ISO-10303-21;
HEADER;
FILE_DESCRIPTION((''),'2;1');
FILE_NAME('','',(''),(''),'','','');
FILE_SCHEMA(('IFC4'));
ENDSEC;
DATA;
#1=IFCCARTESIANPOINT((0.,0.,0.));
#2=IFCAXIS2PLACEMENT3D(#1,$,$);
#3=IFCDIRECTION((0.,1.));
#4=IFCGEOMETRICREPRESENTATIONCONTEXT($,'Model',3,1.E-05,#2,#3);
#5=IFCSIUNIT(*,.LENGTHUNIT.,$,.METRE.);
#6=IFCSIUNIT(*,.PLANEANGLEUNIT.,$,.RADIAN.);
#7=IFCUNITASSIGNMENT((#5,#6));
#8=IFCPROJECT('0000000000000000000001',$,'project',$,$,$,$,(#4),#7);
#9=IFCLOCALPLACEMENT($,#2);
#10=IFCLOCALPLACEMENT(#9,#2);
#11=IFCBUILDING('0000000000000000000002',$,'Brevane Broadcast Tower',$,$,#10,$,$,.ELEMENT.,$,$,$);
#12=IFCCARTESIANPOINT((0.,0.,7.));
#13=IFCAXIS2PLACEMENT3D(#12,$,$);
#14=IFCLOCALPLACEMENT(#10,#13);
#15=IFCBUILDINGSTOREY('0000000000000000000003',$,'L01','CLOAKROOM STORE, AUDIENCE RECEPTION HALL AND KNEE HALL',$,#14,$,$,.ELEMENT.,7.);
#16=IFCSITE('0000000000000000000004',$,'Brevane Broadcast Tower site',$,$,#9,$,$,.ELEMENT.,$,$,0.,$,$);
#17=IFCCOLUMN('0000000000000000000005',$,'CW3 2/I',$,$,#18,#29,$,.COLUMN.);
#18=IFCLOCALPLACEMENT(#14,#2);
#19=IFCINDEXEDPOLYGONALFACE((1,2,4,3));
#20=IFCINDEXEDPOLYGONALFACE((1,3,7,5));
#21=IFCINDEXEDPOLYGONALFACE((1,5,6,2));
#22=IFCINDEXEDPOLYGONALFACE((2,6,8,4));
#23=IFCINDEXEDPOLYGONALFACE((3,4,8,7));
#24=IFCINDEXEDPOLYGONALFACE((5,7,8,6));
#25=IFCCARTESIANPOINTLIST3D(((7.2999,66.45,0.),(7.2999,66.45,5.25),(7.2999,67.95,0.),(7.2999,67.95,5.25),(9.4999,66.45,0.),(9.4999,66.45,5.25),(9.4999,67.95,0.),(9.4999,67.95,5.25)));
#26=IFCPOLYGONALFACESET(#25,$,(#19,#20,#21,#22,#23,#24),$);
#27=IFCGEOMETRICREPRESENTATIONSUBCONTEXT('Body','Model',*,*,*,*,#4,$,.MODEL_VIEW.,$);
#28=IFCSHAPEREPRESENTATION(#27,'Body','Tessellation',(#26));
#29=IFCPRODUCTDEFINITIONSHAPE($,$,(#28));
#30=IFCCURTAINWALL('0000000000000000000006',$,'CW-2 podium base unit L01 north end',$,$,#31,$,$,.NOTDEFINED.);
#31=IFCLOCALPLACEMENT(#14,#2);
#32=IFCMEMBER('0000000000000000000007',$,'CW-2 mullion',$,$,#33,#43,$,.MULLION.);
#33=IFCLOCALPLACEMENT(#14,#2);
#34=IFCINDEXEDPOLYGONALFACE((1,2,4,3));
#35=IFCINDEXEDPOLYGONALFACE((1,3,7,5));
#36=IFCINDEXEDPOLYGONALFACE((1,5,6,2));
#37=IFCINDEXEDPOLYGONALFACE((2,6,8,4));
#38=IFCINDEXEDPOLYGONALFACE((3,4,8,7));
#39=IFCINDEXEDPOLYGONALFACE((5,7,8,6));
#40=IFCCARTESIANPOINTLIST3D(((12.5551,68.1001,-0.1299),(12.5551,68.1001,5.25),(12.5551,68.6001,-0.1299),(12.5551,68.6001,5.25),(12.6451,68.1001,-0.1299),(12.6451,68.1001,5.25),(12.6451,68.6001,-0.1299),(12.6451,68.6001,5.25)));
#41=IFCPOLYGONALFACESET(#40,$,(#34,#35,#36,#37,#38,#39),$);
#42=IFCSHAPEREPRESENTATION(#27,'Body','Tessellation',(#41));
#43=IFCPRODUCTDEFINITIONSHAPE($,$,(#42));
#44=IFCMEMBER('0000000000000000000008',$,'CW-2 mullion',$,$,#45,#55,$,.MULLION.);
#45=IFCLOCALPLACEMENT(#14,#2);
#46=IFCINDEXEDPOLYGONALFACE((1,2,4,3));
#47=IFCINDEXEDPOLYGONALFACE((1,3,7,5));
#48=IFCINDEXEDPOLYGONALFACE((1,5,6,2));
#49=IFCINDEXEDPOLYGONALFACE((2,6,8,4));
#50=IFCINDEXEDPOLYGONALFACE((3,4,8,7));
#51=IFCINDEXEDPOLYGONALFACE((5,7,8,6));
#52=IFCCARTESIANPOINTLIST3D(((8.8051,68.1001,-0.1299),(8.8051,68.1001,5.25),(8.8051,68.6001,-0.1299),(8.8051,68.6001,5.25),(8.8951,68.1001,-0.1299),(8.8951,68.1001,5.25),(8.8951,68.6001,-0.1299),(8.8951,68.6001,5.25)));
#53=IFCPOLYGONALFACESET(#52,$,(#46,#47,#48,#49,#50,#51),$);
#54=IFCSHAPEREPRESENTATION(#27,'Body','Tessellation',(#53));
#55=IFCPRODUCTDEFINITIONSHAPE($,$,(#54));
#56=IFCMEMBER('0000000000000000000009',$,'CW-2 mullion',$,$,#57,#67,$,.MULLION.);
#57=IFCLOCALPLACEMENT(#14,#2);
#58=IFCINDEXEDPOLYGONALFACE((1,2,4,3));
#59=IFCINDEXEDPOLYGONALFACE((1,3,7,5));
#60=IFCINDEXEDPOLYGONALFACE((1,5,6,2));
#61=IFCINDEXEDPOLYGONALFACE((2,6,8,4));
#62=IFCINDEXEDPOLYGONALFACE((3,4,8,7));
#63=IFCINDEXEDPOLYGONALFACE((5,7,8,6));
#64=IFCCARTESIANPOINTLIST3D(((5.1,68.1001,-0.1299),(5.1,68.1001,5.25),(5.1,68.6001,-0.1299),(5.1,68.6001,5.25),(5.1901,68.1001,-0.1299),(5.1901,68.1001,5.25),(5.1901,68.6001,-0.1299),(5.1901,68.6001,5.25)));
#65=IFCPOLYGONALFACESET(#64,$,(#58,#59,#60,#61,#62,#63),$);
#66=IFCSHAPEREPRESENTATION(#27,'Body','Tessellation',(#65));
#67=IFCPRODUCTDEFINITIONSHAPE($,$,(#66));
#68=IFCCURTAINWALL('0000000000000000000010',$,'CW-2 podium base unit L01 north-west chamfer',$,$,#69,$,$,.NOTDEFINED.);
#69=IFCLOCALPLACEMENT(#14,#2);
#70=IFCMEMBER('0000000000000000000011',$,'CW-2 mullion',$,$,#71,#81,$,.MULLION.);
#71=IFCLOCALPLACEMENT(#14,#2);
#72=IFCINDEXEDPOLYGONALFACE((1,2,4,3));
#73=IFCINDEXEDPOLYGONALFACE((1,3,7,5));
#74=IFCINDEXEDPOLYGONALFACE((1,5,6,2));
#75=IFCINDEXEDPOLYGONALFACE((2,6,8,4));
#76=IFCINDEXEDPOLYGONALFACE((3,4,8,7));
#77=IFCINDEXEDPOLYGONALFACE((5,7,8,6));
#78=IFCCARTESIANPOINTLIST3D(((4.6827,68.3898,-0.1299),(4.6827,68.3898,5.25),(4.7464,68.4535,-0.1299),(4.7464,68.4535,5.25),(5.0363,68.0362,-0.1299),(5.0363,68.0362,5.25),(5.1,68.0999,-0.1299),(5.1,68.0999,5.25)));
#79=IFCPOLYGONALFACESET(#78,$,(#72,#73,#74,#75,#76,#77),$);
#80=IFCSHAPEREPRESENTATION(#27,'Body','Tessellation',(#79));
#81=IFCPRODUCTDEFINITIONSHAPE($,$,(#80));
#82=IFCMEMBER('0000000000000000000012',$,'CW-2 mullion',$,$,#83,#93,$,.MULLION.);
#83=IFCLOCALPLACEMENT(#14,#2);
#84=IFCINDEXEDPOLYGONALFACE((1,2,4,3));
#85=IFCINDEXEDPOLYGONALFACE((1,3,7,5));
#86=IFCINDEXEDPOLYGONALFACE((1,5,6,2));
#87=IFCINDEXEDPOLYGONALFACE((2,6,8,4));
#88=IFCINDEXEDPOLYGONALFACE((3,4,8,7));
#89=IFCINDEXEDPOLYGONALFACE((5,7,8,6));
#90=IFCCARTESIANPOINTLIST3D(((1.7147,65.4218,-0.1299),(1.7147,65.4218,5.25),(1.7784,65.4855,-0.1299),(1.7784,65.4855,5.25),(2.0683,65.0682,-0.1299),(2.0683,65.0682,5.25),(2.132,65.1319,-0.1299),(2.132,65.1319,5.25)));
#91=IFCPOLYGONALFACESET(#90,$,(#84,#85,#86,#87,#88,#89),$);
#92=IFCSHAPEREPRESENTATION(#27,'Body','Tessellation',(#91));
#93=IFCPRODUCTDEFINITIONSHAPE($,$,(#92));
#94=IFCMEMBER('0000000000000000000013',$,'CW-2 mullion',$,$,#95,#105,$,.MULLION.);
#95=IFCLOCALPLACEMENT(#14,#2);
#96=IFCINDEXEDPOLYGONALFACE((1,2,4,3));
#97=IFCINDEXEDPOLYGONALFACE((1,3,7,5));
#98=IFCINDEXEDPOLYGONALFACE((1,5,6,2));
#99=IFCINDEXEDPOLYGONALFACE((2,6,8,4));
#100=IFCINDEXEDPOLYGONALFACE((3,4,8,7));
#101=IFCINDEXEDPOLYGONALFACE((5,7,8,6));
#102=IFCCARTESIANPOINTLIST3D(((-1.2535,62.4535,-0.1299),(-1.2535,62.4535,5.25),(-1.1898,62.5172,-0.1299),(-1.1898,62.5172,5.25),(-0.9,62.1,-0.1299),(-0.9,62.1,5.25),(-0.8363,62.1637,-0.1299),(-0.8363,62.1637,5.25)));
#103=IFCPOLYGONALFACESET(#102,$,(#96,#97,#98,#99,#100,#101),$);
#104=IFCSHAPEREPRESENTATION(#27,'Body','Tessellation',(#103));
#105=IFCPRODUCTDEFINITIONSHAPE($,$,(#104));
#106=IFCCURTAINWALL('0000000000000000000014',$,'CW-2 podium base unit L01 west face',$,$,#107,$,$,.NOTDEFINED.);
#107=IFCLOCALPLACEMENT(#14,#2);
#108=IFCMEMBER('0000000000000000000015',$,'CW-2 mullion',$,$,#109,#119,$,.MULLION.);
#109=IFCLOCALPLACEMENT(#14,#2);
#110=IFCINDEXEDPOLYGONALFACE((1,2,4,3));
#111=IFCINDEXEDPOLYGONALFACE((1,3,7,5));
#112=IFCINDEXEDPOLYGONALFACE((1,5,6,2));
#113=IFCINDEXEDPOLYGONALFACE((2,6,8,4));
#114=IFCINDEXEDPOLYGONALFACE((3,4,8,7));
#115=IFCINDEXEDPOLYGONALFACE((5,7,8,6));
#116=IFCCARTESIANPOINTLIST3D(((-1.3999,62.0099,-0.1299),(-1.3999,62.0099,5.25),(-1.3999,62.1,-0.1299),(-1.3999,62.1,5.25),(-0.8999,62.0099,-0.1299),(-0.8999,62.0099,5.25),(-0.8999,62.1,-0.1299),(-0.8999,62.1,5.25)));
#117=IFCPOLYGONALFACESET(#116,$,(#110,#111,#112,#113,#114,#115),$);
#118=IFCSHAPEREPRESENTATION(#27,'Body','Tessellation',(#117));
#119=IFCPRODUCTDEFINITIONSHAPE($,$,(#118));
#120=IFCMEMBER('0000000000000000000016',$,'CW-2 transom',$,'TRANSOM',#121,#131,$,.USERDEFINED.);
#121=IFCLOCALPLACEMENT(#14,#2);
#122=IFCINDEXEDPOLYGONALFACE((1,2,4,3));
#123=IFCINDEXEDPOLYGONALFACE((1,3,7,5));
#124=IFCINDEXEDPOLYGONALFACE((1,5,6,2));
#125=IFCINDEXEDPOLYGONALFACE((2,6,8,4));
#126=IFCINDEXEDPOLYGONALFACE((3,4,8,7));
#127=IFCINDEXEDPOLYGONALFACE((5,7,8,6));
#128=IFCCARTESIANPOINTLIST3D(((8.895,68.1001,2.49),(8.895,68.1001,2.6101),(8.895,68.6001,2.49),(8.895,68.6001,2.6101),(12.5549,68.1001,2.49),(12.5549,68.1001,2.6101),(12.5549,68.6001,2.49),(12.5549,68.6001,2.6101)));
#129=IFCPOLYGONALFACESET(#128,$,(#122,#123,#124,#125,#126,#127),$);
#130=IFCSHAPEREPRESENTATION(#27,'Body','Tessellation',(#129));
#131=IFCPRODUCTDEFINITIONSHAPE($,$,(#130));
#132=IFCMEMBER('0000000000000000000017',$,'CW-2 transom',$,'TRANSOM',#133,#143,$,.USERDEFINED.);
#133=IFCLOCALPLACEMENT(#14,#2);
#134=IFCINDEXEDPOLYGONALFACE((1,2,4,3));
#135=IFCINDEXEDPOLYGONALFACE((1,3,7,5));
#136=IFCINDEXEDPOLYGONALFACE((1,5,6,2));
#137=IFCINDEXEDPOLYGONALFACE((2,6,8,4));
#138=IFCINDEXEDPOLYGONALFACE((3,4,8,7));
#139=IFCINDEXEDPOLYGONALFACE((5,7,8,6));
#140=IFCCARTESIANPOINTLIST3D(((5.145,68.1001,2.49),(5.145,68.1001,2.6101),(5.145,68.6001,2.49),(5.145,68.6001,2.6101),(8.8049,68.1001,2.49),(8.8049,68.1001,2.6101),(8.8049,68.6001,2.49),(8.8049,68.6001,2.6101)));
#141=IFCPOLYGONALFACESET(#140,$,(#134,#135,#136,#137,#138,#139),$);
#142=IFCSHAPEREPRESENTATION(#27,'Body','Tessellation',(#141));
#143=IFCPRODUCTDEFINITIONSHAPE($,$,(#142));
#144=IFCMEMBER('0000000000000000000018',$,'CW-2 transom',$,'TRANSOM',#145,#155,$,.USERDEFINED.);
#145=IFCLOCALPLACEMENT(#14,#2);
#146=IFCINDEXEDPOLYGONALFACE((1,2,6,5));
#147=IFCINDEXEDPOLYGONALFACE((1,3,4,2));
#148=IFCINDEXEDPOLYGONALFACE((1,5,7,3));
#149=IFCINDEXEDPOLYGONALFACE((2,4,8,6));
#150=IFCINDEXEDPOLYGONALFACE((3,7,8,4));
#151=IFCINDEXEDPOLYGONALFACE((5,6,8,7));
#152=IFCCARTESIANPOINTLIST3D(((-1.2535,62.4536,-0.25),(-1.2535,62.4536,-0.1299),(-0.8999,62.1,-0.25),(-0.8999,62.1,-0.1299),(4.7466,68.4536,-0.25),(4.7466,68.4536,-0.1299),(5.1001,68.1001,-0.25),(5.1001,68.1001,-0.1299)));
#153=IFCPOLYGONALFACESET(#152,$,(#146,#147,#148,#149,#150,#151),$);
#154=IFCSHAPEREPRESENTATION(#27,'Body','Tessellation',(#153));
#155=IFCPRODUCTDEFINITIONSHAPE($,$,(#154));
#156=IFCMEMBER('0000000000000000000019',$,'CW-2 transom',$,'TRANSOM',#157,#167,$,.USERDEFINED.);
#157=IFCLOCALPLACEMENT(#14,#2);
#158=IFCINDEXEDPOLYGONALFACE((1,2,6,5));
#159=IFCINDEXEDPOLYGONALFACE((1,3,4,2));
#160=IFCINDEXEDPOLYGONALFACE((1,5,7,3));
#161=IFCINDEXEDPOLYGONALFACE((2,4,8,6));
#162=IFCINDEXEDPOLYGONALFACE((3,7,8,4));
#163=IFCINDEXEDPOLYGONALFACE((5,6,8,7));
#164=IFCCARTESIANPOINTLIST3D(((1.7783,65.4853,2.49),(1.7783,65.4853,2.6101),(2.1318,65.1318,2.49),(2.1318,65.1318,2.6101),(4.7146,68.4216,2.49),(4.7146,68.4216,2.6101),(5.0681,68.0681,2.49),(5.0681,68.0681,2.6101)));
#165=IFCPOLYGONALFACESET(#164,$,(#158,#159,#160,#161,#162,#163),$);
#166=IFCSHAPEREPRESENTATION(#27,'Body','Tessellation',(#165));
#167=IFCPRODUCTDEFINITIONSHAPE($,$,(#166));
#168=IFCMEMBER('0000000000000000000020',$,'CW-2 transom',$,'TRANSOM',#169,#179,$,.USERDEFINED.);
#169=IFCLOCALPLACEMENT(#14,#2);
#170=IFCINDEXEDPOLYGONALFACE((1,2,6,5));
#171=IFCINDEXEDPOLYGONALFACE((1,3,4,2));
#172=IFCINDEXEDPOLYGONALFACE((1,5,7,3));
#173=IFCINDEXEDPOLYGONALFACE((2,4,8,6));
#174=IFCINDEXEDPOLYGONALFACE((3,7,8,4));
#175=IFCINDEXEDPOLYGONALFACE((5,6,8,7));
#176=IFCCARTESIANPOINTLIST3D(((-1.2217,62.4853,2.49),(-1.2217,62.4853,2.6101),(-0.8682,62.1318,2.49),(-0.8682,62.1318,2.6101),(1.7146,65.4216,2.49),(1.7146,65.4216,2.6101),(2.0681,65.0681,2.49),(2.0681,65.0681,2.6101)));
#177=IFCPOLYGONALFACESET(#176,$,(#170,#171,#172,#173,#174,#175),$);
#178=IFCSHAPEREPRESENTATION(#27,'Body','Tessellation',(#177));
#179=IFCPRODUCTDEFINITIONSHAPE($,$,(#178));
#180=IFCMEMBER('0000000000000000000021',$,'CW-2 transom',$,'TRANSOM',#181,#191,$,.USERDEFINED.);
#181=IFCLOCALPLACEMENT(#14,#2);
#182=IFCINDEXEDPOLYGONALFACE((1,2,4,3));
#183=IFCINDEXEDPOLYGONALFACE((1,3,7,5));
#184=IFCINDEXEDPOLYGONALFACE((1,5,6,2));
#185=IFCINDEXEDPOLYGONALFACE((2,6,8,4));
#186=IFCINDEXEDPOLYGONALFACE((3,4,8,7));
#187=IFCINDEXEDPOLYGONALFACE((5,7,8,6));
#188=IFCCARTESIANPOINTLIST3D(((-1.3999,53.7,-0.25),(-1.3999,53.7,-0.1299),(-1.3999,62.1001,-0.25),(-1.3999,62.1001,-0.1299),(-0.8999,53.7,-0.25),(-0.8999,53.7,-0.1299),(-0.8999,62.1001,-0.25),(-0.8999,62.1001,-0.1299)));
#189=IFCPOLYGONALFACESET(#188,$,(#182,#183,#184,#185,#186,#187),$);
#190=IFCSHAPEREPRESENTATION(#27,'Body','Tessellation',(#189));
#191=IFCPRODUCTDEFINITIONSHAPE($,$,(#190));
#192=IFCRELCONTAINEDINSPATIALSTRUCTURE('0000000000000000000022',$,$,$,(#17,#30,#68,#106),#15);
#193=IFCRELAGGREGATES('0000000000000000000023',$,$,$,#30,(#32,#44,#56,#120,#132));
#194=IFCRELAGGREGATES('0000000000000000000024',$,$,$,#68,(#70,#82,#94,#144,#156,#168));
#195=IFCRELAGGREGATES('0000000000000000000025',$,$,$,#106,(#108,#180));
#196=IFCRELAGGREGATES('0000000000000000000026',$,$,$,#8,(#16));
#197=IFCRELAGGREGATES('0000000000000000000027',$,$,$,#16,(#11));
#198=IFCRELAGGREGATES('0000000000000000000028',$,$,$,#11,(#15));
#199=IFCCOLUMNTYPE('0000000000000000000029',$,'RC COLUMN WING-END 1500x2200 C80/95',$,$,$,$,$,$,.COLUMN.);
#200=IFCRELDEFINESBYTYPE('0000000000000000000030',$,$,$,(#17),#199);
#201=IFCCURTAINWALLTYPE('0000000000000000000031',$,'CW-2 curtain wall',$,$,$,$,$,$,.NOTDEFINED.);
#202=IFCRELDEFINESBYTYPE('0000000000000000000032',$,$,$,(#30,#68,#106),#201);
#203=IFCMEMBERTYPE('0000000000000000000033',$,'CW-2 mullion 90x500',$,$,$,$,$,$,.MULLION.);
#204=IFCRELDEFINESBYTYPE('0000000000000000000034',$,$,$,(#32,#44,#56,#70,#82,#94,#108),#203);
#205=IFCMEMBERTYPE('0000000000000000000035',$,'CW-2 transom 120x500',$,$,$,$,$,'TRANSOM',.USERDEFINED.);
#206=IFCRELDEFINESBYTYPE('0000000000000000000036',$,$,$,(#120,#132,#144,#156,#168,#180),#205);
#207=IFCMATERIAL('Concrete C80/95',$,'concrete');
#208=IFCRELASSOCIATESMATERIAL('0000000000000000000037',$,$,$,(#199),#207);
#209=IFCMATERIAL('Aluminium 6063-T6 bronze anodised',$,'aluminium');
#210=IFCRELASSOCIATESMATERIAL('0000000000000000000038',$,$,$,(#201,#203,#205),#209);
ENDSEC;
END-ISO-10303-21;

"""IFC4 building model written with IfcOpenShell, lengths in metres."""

from ifc_helpers import new_model, si_unit, direction, frame, origin, origin_2d, place, context, subcontext, project, spatial, rectangle, extrude, material, material_profile, profile_set, type_object, element, aggregate, save


model = new_model("IFC4")

# Units and contexts
model_context = context("Model", 3, precision=1e-05, world=origin(), true_north=direction((0.0, 1.0)))
body_context = subcontext(model_context, "Body", "Model", "MODEL_VIEW")
ifc_project = project(units=[si_unit("LENGTHUNIT", "METRE"), si_unit("PLANEANGLEUNIT", "RADIAN")], contexts=[model_context])

# Site, building, storey
site_placement = place(None, origin())
site = spatial("IfcSite", under=ifc_project, at=site_placement, Name="Brevane Broadcast Tower site", CompositionType="ELEMENT", RefElevation=0.0)
building_placement = place(site_placement, origin())
building = spatial("IfcBuilding", under=site, at=building_placement, Name="Brevane Broadcast Tower", CompositionType="ELEMENT")
storey_placement = place(building_placement, frame((0.0, 0.0, 7.0)))
storey = spatial("IfcBuildingStorey", under=building, at=storey_placement, Name="L01", Description="CLOAKROOM STORE, AUDIENCE RECEPTION HALL AND KNEE HALL", CompositionType="ELEMENT", Elevation=7.0)

# Column
ifc_material_1 = material(Name="Concrete C80/95", Category="concrete")
ifc_material_profile_1 = material_profile(ifc_material_1, rectangle(XDim=1.5, YDim=2.2, at=origin_2d()), Name="RC 1500x2200")
ifc_profile_set_1 = profile_set([ifc_material_profile_1], Name="Concrete C80/95")
column_type = type_object("IfcColumnType", Name="RC COLUMN WING-END 1500x2200 C80/95", PredefinedType="COLUMN", material=ifc_profile_set_1)
column_placement = place(storey_placement, frame((8.3999, 67.2, 0.0), z_axis=(0.0, 0.0, 1.0), x_axis=(0.0, 1.0, 0.0)))
element("IfcColumn", 1, at=column_placement, inside=storey, type_object=column_type, Name="CW3 2/I", PredefinedType="COLUMN", context=body_context, shape_type="SweptSolid", body=[
    extrude(rectangle(XDim=1.5, YDim=2.2, at=origin_2d()), origin(), (0.0, 0.0, 1.0), 5.25),
])

# Curtain walls, members
ifc_material_2 = material(Name="Aluminium 6063-T6 bronze anodised", Category="aluminium")
curtain_wall_type = type_object("IfcCurtainWallType", Name="CW-2 curtain wall", PredefinedType="NOTDEFINED", material=ifc_material_2)
curtain_wall_1_placement = place(storey_placement, origin())
curtain_wall_1 = element("IfcCurtainWall", 2, at=curtain_wall_1_placement, inside=storey, type_object=curtain_wall_type, Name="CW-2 podium base unit L01 north end", PredefinedType="NOTDEFINED")
ifc_material_profile_2 = material_profile(ifc_material_2, rectangle(XDim=0.5, YDim=0.0901, at=origin_2d()), Name="RECT 90x500")
ifc_profile_set_2 = profile_set([ifc_material_profile_2], Name="Aluminium 6063-T6 bronze anodised")
member_type_1 = type_object("IfcMemberType", Name="CW-2 mullion 90x500", PredefinedType="MULLION", material=ifc_profile_set_2)
member_1_placement = place(storey_placement, frame((12.6001, 68.3501, -0.1299), z_axis=(0.0, 0.0, 1.0), x_axis=(0.0, -1.0, 0.0)))
member_1 = element("IfcMember", 3, at=member_1_placement, type_object=member_type_1, Name="CW-2 mullion", PredefinedType="MULLION", context=body_context, shape_type="SweptSolid", body=[
    extrude(rectangle(XDim=0.5, YDim=0.0901, at=origin_2d()), origin(), (0.0, 0.0, 1.0), 5.3799),
])
member_2_placement = place(storey_placement, frame((8.8501, 68.3501, -0.1299), z_axis=(0.0, 0.0, 1.0), x_axis=(0.0, -1.0, 0.0)))
member_2 = element("IfcMember", 4, at=member_2_placement, type_object=member_type_1, Name="CW-2 mullion", PredefinedType="MULLION", context=body_context, shape_type="SweptSolid", body=[
    extrude(rectangle(XDim=0.5, YDim=0.0901, at=origin_2d()), origin(), (0.0, 0.0, 1.0), 5.3799),
])
member_3_placement = place(storey_placement, frame((5.145, 68.3501, -0.1299), z_axis=(0.0, 0.0, 1.0), x_axis=(0.0, -1.0, 0.0)))
member_3 = element("IfcMember", 5, at=member_3_placement, type_object=member_type_1, Name="CW-2 mullion", PredefinedType="MULLION", context=body_context, shape_type="SweptSolid", body=[
    extrude(rectangle(XDim=0.5, YDim=0.0901, at=origin_2d()), origin(), (0.0, 0.0, 1.0), 5.3799),
])
curtain_wall_2_placement = place(storey_placement, origin())
curtain_wall_2 = element("IfcCurtainWall", 6, at=curtain_wall_2_placement, inside=storey, type_object=curtain_wall_type, Name="CW-2 podium base unit L01 north-west chamfer", PredefinedType="NOTDEFINED")
member_4_placement = place(storey_placement, frame((4.8914, 68.2449, -0.1299), z_axis=(0.0, 0.0, 1.0), x_axis=(0.707107, -0.707107, 0.0)))
member_4 = element("IfcMember", 7, at=member_4_placement, type_object=member_type_1, Name="CW-2 mullion", PredefinedType="MULLION", context=body_context, shape_type="SweptSolid", body=[
    extrude(rectangle(XDim=0.5, YDim=0.0901, at=origin_2d()), origin(), (0.0, 0.0, 1.0), 5.3799),
])
member_5_placement = place(storey_placement, frame((1.9233, 65.2769, -0.1299), z_axis=(0.0, 0.0, 1.0), x_axis=(0.707107, -0.707107, 0.0)))
member_5 = element("IfcMember", 8, at=member_5_placement, type_object=member_type_1, Name="CW-2 mullion", PredefinedType="MULLION", context=body_context, shape_type="SweptSolid", body=[
    extrude(rectangle(XDim=0.5, YDim=0.0901, at=origin_2d()), origin(), (0.0, 0.0, 1.0), 5.3799),
])
member_6_placement = place(storey_placement, frame((-1.0449, 62.3086, -0.1299), z_axis=(0.0, 0.0, 1.0), x_axis=(0.707107, -0.707107, 0.0)))
member_6 = element("IfcMember", 9, at=member_6_placement, type_object=member_type_1, Name="CW-2 mullion", PredefinedType="MULLION", context=body_context, shape_type="SweptSolid", body=[
    extrude(rectangle(XDim=0.5, YDim=0.0901, at=origin_2d()), origin(), (0.0, 0.0, 1.0), 5.3799),
])

# Curtain wall, member
curtain_wall_3_placement = place(storey_placement, origin())
curtain_wall_3 = element("IfcCurtainWall", 10, at=curtain_wall_3_placement, inside=storey, type_object=curtain_wall_type, Name="CW-2 podium base unit L01 west face", PredefinedType="NOTDEFINED")
member_7_placement = place(storey_placement, frame((-1.1499, 62.0549, -0.1299), z_axis=(0.0, 0.0, 1.0), x_axis=(1.0, 0.0, 0.0)))
member_7 = element("IfcMember", 11, at=member_7_placement, type_object=member_type_1, Name="CW-2 mullion", PredefinedType="MULLION", context=body_context, shape_type="SweptSolid", body=[
    extrude(rectangle(XDim=0.5, YDim=0.0901, at=origin_2d()), origin(), (0.0, 0.0, 1.0), 5.3799),
])

# Members
ifc_material_profile_3 = material_profile(ifc_material_2, rectangle(XDim=0.5, YDim=0.1201, at=origin_2d()), Name="RECT 120x500")
ifc_profile_set_3 = profile_set([ifc_material_profile_3], Name="Aluminium 6063-T6 bronze anodised")
member_type_2 = type_object("IfcMemberType", Name="CW-2 transom 120x500", ElementType="TRANSOM", PredefinedType="USERDEFINED", material=ifc_profile_set_3)
member_8_placement = place(storey_placement, frame((12.5549, 68.3501, 2.55), z_axis=(-1.0, 0.0, 0.0), x_axis=(0.0, -1.0, 0.0)))
member_8 = element("IfcMember", 12, at=member_8_placement, type_object=member_type_2, Name="CW-2 transom", ObjectType="TRANSOM", PredefinedType="USERDEFINED", context=body_context, shape_type="SweptSolid", body=[
    extrude(rectangle(XDim=0.5, YDim=0.1201, at=origin_2d()), origin(), (0.0, 0.0, 1.0), 3.6599),
])
member_9_placement = place(storey_placement, frame((8.8049, 68.3501, 2.55), z_axis=(-1.0, 0.0, 0.0), x_axis=(0.0, -1.0, 0.0)))
member_9 = element("IfcMember", 13, at=member_9_placement, type_object=member_type_2, Name="CW-2 transom", ObjectType="TRANSOM", PredefinedType="USERDEFINED", context=body_context, shape_type="SweptSolid", body=[
    extrude(rectangle(XDim=0.5, YDim=0.1201, at=origin_2d()), origin(), (0.0, 0.0, 1.0), 3.6599),
])
aggregate(curtain_wall_1, [member_1, member_2, member_3, member_8, member_9])
member_10_placement = place(storey_placement, frame((4.9233, 68.2769, -0.1899), z_axis=(-0.707107, -0.707107, 0.0), x_axis=(0.707107, -0.707107, 0.0)))
member_10 = element("IfcMember", 14, at=member_10_placement, type_object=member_type_2, Name="CW-2 transom", ObjectType="TRANSOM", PredefinedType="USERDEFINED", context=body_context, shape_type="SweptSolid", body=[
    extrude(rectangle(XDim=0.5, YDim=0.1201, at=origin_2d()), origin(), (0.0, 0.0, 1.0), 8.4854),
])
member_11_placement = place(storey_placement, frame((4.8914, 68.2449, 2.55), z_axis=(-0.707107, -0.707107, 0.0), x_axis=(0.707107, -0.707107, 0.0)))
member_11 = element("IfcMember", 15, at=member_11_placement, type_object=member_type_2, Name="CW-2 transom", ObjectType="TRANSOM", PredefinedType="USERDEFINED", context=body_context, shape_type="SweptSolid", body=[
    extrude(rectangle(XDim=0.5, YDim=0.1201, at=origin_2d()), origin(), (0.0, 0.0, 1.0), 4.1526),
])
member_12_placement = place(storey_placement, frame((1.8914, 65.2449, 2.55), z_axis=(-0.707107, -0.707107, 0.0), x_axis=(0.707107, -0.707107, 0.0)))
member_12 = element("IfcMember", 16, at=member_12_placement, type_object=member_type_2, Name="CW-2 transom", ObjectType="TRANSOM", PredefinedType="USERDEFINED", context=body_context, shape_type="SweptSolid", body=[
    extrude(rectangle(XDim=0.5, YDim=0.1201, at=origin_2d()), origin(), (0.0, 0.0, 1.0), 4.1526),
])
aggregate(curtain_wall_2, [member_4, member_5, member_6, member_10, member_11, member_12])
member_13_placement = place(storey_placement, frame((-1.1499, 62.1001, -0.1899), z_axis=(0.0, -1.0, 0.0), x_axis=(1.0, 0.0, 0.0)))
member_13 = element("IfcMember", 17, at=member_13_placement, type_object=member_type_2, Name="CW-2 transom", ObjectType="TRANSOM", PredefinedType="USERDEFINED", context=body_context, shape_type="SweptSolid", body=[
    extrude(rectangle(XDim=0.5, YDim=0.1201, at=origin_2d()), origin(), (0.0, 0.0, 1.0), 8.4001),
])
aggregate(curtain_wall_3, [member_7, member_13])

save(model, "model.ifc")
